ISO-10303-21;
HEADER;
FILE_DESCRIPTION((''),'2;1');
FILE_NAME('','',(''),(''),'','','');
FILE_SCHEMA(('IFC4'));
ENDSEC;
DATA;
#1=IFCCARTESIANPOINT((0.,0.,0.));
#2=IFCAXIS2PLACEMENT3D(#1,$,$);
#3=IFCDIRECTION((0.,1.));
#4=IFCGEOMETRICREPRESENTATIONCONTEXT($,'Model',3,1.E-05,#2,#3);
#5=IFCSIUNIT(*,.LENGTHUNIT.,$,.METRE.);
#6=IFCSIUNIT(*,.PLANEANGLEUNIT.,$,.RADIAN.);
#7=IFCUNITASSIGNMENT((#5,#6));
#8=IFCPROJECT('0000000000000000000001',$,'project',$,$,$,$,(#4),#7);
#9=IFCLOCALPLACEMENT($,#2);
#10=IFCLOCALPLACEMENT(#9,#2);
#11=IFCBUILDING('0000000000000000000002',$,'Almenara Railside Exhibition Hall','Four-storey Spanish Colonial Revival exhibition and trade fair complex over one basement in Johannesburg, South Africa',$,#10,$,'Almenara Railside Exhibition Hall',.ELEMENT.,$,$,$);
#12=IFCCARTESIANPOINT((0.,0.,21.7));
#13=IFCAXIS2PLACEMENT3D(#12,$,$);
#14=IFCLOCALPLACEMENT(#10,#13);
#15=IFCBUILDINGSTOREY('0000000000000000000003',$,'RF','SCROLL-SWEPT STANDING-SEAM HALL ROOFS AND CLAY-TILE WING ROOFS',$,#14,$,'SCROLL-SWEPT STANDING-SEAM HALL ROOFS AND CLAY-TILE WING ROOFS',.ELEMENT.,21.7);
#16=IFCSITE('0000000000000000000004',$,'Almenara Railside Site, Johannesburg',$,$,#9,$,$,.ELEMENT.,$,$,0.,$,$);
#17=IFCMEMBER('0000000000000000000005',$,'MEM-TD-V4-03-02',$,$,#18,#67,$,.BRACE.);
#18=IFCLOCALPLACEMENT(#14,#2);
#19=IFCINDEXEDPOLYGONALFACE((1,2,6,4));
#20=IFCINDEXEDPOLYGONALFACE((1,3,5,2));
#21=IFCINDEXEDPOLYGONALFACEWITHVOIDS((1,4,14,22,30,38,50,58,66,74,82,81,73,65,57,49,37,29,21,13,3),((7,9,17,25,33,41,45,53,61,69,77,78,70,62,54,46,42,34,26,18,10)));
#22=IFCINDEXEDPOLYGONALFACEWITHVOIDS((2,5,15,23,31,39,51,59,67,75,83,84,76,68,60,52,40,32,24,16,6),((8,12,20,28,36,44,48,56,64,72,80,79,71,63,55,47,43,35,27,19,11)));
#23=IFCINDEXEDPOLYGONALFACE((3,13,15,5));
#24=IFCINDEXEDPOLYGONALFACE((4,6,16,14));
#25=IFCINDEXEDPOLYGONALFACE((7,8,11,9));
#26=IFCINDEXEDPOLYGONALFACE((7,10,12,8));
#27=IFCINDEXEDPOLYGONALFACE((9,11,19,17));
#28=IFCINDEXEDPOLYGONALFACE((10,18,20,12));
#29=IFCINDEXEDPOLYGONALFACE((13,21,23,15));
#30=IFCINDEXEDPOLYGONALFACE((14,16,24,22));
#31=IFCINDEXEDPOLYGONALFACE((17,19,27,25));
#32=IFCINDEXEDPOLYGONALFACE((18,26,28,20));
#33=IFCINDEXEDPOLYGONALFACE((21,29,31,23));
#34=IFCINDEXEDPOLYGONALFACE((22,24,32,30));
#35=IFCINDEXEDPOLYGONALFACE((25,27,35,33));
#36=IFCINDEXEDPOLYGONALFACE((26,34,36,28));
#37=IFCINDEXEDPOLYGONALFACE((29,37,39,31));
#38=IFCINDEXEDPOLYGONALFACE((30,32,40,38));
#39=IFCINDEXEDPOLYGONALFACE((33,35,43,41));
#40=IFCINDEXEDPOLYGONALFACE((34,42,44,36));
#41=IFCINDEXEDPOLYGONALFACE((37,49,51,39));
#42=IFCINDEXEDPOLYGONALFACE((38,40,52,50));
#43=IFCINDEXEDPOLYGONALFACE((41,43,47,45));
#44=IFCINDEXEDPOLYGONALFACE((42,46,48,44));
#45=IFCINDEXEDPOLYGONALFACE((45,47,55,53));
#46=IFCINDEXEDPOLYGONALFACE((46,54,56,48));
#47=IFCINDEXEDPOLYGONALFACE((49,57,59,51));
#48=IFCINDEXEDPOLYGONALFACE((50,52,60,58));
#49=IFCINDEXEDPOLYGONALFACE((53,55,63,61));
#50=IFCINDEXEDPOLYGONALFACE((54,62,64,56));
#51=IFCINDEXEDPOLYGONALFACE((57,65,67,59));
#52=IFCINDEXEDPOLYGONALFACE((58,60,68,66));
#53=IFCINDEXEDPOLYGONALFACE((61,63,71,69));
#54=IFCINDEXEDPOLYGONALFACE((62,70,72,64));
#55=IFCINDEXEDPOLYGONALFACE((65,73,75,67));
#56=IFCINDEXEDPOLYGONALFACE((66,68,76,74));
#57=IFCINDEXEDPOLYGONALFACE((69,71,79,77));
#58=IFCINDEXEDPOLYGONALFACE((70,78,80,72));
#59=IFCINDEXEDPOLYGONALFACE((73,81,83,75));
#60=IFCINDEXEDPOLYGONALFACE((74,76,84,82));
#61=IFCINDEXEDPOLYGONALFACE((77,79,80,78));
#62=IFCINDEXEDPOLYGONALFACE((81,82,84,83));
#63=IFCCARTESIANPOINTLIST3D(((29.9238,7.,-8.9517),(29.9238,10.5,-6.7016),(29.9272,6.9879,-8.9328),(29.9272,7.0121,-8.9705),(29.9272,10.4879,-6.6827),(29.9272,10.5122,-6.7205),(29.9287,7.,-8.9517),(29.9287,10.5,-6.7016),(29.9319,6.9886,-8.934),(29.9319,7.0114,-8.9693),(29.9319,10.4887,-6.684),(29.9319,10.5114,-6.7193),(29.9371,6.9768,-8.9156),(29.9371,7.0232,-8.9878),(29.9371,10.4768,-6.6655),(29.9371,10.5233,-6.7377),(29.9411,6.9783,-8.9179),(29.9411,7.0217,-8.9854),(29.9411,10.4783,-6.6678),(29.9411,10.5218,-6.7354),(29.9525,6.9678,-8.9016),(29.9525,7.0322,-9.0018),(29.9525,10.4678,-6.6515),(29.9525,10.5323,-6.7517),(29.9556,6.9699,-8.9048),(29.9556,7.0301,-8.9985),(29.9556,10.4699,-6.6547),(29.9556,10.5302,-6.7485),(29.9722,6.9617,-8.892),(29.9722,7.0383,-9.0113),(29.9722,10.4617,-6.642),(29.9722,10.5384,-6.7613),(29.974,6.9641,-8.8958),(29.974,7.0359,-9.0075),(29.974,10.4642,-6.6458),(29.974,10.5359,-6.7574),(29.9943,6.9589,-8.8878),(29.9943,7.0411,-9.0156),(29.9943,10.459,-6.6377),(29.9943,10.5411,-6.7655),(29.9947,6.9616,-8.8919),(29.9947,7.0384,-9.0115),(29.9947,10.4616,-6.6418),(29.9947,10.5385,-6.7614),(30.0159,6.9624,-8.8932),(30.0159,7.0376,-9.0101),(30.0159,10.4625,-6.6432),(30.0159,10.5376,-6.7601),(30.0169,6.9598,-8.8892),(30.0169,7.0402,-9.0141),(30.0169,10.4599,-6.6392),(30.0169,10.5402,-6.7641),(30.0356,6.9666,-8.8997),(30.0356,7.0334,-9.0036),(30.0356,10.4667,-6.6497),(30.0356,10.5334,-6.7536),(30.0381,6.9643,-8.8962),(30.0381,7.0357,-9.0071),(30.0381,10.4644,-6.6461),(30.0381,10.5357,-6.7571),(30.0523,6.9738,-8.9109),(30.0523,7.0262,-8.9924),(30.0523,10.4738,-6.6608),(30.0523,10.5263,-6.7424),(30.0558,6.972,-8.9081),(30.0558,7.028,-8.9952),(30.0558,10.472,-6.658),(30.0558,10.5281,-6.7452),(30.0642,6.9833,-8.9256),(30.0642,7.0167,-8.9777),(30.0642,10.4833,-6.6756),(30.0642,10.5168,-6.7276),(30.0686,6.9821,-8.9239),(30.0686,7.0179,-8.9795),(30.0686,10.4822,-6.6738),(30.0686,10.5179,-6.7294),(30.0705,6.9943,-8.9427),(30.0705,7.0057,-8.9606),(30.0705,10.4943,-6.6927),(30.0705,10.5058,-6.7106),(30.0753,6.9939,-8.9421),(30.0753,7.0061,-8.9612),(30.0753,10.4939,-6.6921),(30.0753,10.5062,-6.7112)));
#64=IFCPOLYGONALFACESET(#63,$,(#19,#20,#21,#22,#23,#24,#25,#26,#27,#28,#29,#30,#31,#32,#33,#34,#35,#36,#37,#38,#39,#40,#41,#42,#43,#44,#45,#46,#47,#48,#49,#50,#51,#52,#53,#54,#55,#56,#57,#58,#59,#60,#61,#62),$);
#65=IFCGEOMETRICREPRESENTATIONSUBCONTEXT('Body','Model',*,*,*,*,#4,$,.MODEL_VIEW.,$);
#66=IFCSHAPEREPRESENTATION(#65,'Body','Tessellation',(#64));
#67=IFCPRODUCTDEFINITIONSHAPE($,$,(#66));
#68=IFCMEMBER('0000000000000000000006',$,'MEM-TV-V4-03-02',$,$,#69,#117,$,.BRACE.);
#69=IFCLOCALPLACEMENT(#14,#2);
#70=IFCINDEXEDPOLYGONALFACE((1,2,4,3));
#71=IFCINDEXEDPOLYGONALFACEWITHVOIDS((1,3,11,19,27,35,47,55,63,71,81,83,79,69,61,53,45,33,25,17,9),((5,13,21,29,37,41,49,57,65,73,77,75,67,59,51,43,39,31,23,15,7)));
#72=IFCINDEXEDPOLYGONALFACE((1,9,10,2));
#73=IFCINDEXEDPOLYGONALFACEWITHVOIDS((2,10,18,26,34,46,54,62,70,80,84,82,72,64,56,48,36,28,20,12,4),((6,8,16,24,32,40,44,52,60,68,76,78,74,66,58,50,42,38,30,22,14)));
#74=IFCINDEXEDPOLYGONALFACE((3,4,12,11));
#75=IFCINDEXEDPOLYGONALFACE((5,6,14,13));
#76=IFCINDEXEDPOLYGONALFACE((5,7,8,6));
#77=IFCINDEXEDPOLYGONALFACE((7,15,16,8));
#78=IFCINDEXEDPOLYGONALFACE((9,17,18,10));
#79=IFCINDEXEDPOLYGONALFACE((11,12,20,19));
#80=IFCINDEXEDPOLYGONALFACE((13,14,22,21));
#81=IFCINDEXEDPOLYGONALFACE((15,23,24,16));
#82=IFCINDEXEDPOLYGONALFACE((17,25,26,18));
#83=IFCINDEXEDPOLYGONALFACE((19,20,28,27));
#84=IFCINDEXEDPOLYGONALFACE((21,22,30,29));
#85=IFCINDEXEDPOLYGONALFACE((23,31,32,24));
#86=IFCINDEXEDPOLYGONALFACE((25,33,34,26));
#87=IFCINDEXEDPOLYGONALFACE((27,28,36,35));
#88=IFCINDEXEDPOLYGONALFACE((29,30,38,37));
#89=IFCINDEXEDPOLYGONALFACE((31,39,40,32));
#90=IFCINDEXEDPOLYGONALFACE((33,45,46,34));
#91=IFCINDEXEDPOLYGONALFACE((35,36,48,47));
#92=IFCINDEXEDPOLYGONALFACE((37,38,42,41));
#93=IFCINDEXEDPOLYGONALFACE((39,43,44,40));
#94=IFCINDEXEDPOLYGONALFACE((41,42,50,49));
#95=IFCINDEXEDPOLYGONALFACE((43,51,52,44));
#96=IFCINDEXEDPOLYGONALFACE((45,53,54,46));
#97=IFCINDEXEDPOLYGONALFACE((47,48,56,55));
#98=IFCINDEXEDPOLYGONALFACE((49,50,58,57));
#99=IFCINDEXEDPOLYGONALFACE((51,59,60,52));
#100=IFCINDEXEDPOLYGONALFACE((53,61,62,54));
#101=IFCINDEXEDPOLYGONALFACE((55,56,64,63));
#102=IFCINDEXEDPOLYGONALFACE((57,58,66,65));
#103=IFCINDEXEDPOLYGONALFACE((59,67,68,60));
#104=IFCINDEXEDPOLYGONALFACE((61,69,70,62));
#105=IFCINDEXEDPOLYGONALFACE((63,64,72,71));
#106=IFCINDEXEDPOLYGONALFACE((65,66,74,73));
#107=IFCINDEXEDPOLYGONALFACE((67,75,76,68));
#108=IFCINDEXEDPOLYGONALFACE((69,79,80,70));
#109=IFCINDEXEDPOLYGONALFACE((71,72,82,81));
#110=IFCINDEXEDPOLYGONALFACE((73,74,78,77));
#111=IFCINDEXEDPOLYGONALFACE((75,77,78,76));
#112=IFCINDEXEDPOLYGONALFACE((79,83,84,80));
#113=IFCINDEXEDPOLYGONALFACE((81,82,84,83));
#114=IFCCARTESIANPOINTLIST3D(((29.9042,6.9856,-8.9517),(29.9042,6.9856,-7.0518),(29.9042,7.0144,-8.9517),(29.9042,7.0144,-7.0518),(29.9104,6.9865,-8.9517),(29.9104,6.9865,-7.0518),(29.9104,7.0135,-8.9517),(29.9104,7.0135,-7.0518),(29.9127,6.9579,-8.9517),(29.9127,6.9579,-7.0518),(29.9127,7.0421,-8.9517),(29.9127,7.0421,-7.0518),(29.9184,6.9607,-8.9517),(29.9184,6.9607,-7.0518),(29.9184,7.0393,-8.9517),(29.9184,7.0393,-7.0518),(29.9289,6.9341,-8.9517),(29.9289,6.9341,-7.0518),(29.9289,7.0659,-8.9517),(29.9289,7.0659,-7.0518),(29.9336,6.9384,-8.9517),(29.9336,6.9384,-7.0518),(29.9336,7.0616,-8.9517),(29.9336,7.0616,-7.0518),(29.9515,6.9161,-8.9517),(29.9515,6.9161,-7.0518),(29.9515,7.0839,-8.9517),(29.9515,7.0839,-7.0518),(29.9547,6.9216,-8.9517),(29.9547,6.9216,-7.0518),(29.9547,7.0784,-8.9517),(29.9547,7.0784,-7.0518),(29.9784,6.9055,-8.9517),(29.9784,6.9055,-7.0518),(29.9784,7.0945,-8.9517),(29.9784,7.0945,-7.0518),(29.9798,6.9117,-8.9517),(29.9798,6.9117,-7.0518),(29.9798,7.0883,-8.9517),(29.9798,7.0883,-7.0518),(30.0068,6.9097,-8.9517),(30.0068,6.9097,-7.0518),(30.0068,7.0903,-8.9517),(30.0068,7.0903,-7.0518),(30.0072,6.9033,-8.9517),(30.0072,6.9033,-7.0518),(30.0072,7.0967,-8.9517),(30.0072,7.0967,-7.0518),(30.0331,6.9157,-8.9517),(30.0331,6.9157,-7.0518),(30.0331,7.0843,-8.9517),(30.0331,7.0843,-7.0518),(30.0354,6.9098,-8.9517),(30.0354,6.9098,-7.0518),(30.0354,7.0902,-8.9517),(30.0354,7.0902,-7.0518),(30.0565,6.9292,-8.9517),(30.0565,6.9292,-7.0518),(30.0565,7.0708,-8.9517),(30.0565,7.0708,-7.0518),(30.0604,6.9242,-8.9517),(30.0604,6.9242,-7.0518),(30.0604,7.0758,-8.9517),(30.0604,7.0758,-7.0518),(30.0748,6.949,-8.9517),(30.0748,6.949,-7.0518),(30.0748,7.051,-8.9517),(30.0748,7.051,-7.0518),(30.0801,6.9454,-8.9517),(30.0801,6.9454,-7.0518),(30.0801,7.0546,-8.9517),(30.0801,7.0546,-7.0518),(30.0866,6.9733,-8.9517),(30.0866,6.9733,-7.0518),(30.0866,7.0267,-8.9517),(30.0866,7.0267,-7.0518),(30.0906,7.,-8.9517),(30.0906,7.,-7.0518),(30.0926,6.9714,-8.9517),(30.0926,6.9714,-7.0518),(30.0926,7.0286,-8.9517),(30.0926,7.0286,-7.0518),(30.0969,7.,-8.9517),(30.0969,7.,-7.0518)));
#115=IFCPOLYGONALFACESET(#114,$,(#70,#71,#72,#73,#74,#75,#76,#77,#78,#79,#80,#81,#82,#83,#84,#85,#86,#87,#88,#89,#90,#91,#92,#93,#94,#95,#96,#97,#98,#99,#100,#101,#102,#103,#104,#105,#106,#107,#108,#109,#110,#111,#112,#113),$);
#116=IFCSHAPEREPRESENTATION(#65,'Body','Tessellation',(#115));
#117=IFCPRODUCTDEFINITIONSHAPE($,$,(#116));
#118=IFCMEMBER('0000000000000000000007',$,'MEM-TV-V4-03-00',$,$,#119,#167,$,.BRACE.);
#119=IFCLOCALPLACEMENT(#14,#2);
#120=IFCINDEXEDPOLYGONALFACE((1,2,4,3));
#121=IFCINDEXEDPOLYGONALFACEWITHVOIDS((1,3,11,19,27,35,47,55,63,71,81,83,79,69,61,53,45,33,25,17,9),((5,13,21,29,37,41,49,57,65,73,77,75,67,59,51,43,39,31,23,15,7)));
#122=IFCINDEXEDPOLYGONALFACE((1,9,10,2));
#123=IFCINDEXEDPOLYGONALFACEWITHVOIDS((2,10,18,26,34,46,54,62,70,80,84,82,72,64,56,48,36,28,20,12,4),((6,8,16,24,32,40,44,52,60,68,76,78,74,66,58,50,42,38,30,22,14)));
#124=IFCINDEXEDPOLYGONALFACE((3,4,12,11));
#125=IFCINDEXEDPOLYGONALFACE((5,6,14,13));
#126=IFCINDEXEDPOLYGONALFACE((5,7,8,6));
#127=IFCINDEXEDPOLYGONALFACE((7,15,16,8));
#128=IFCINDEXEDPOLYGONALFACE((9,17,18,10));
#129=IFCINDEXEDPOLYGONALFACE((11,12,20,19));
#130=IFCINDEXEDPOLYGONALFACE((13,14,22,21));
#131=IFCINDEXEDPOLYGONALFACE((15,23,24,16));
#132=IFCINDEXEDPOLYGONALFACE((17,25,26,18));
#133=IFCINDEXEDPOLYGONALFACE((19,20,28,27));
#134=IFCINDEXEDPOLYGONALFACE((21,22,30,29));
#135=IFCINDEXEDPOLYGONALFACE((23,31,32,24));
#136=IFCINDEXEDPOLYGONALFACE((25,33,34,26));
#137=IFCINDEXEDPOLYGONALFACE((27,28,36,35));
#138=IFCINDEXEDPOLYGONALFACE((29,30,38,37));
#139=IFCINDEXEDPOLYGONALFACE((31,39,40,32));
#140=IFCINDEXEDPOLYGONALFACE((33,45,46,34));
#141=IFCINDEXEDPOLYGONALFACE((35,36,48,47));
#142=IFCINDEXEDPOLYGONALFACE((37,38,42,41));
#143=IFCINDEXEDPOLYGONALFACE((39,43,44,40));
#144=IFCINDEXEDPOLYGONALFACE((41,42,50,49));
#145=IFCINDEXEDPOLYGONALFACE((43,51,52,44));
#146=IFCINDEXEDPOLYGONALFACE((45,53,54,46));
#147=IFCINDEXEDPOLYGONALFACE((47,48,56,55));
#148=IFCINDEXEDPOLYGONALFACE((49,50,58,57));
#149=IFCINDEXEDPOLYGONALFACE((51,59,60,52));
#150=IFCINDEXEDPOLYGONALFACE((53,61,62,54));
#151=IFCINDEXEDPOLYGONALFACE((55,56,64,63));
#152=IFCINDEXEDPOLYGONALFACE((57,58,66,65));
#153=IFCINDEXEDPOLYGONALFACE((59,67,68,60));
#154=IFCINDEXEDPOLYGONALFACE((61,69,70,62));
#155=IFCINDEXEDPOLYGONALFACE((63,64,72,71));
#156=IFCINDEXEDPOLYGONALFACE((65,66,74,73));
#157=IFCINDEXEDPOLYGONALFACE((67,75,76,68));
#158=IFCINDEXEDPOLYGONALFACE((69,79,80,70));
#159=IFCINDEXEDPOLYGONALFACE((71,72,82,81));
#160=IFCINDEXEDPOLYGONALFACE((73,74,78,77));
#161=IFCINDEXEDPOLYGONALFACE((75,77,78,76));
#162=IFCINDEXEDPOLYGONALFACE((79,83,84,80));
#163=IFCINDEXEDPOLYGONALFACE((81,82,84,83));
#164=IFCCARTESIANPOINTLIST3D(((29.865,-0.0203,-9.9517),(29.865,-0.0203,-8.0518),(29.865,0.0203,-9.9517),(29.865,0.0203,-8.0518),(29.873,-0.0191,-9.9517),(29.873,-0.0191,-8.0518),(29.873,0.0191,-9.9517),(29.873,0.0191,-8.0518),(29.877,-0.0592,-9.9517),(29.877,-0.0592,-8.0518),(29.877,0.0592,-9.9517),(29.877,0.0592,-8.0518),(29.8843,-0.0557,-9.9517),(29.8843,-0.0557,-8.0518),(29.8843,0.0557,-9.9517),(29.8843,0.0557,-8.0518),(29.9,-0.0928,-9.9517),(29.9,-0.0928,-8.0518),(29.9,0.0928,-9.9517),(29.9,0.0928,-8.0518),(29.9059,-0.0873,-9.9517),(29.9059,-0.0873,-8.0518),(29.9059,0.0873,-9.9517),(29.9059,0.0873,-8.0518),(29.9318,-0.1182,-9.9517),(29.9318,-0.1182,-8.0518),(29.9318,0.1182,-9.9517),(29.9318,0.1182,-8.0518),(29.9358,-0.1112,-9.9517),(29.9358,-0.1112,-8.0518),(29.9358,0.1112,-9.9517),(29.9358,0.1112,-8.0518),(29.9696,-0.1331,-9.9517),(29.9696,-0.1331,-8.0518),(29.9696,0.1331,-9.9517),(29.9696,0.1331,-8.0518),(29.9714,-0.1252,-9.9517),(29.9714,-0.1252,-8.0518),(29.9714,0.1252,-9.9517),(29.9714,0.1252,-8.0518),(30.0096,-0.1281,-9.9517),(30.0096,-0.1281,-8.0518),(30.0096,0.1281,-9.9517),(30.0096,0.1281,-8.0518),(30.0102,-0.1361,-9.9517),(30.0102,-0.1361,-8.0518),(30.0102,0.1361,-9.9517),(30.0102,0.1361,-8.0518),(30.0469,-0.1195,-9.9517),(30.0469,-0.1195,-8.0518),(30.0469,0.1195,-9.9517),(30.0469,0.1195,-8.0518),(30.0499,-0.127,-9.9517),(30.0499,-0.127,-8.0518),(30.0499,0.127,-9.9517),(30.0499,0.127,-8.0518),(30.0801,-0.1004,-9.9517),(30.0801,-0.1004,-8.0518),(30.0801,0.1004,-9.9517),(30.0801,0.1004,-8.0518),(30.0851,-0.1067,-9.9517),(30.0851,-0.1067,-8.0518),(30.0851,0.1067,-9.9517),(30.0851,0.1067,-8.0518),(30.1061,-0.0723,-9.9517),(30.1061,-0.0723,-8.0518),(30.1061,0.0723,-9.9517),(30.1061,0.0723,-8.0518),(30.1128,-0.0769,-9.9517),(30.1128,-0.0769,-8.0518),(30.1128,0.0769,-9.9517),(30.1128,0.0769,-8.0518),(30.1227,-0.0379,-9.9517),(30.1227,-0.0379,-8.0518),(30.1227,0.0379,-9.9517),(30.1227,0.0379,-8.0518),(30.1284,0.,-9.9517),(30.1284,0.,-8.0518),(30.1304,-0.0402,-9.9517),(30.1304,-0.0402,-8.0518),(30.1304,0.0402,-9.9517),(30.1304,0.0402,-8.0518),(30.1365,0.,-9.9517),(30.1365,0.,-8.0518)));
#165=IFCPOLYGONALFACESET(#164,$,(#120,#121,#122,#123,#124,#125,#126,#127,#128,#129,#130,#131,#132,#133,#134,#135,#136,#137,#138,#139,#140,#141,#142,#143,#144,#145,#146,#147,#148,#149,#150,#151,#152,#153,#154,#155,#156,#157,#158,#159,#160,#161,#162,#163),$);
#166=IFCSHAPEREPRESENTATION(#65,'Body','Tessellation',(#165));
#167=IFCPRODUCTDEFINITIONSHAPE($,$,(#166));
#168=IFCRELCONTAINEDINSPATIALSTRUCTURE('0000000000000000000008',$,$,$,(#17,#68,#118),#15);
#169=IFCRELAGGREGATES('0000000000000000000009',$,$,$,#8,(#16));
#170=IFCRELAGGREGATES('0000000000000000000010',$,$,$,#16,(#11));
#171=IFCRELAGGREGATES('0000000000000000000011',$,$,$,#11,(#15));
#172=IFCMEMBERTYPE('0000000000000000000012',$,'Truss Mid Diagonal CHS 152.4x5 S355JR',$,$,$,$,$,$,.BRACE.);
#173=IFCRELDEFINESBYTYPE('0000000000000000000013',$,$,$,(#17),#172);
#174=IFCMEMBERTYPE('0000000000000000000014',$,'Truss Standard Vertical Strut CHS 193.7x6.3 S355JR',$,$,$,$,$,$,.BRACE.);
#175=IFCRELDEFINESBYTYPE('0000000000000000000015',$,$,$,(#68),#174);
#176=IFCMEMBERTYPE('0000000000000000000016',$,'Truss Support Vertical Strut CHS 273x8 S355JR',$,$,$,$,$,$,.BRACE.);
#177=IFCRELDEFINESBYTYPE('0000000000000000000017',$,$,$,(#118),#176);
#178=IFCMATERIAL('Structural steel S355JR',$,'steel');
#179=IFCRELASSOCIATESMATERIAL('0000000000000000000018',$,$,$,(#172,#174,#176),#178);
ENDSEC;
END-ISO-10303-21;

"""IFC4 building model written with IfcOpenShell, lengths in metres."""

from ifc_helpers import new_model, si_unit, direction, frame, origin, origin_2d, place, context, subcontext, project, spatial, hollow_circle, extrude, material, material_profile, profile_set, type_object, element, save


model = new_model("IFC4")

# Units and contexts
model_context = context("Model", 3, precision=1e-05, world=origin(), true_north=direction((0.0, 1.0)))
body_context = subcontext(model_context, "Body", "Model", "MODEL_VIEW")
ifc_project = project(units=[si_unit("LENGTHUNIT", "METRE"), si_unit("PLANEANGLEUNIT", "RADIAN")], contexts=[model_context])

# Site, building, storey
site_placement = place(None, origin())
site = spatial("IfcSite", under=ifc_project, at=site_placement, Name="Almenara Railside Site, Johannesburg", CompositionType="ELEMENT", RefElevation=0.0)
building_placement = place(site_placement, origin())
building = spatial("IfcBuilding", under=site, at=building_placement, Name="Almenara Railside Exhibition Hall", Description="Four-storey Spanish Colonial Revival exhibition and trade fair complex over one basement in Johannesburg, South Africa", LongName="Almenara Railside Exhibition Hall", CompositionType="ELEMENT")
storey_placement = place(building_placement, frame((0.0, 0.0, 21.7)))
storey = spatial("IfcBuildingStorey", under=building, at=storey_placement, Name="RF", Description="SCROLL-SWEPT STANDING-SEAM HALL ROOFS AND CLAY-TILE WING ROOFS", LongName="SCROLL-SWEPT STANDING-SEAM HALL ROOFS AND CLAY-TILE WING ROOFS", CompositionType="ELEMENT", Elevation=21.7)

# Shared definitions
ifc_material = material(Name="Structural steel S355JR", Category="steel")

# Members
ifc_material_profile_1 = material_profile(ifc_material, hollow_circle(Radius=0.0762, WallThickness=0.0049, at=origin_2d()), Name="CHS 152.4x5")
ifc_profile_set_1 = profile_set([ifc_material_profile_1], Name="Structural steel S355JR")
member_type_1 = type_object("IfcMemberType", Name="Truss Mid Diagonal CHS 152.4x5 S355JR", PredefinedType="BRACE", material=ifc_profile_set_1)
member_1_placement = place(storey_placement, frame((30.0, 7.0, -8.9517), z_axis=(0.0, 0.841178, 0.540758), x_axis=(-1.0, 0.0, 0.0)))
element("IfcMember", 1, at=member_1_placement, inside=storey, type_object=member_type_1, Name="MEM-TD-V4-03-02", PredefinedType="BRACE", context=body_context, shape_type="SweptSolid", body=[
    extrude(hollow_circle(Radius=0.0762, WallThickness=0.0049, at=origin_2d()), origin(), (0.0, 0.0, 1.0), 4.1609),
])
ifc_material_profile_2 = material_profile(ifc_material, hollow_circle(Radius=0.0969, WallThickness=0.0063, at=origin_2d()), Name="CHS 193.7x6.3")
ifc_profile_set_2 = profile_set([ifc_material_profile_2], Name="Structural steel S355JR")
member_type_2 = type_object("IfcMemberType", Name="Truss Standard Vertical Strut CHS 193.7x6.3 S355JR", PredefinedType="BRACE", material=ifc_profile_set_2)
member_2_placement = place(storey_placement, frame((30.0, 7.0, -8.9517), z_axis=(0.0, 0.0, 1.0), x_axis=(1.0, 0.0, 0.0)))
element("IfcMember", 2, at=member_2_placement, inside=storey, type_object=member_type_2, Name="MEM-TV-V4-03-02", PredefinedType="BRACE", context=body_context, shape_type="SweptSolid", body=[
    extrude(hollow_circle(Radius=0.0969, WallThickness=0.0063, at=origin_2d()), origin(), (0.0, 0.0, 1.0), 1.8999),
])
ifc_material_profile_3 = material_profile(ifc_material, hollow_circle(Radius=0.1365, WallThickness=0.0081, at=origin_2d()), Name="CHS 273x8")
ifc_profile_set_3 = profile_set([ifc_material_profile_3], Name="Structural steel S355JR")
member_type_3 = type_object("IfcMemberType", Name="Truss Support Vertical Strut CHS 273x8 S355JR", PredefinedType="BRACE", material=ifc_profile_set_3)
for number, where, z_axis, x_axis, name in (
    (3, (30.0, 0.0, -9.9517), (0.0, 0.0, 1.0), (1.0, 0.0, 0.0), "MEM-TV-V4-03-00"),
):
    element("IfcMember", number, at=place(storey_placement, frame(where, z_axis=z_axis, x_axis=x_axis)), inside=storey, type_object=member_type_3, Name=name, PredefinedType="BRACE", context=body_context, shape_type="SweptSolid", body=[
        extrude(hollow_circle(Radius=0.1365, WallThickness=0.0081, at=origin_2d()), origin(), (0.0, 0.0, 1.0), 1.8999),
    ])

save(model, "model.ifc")
